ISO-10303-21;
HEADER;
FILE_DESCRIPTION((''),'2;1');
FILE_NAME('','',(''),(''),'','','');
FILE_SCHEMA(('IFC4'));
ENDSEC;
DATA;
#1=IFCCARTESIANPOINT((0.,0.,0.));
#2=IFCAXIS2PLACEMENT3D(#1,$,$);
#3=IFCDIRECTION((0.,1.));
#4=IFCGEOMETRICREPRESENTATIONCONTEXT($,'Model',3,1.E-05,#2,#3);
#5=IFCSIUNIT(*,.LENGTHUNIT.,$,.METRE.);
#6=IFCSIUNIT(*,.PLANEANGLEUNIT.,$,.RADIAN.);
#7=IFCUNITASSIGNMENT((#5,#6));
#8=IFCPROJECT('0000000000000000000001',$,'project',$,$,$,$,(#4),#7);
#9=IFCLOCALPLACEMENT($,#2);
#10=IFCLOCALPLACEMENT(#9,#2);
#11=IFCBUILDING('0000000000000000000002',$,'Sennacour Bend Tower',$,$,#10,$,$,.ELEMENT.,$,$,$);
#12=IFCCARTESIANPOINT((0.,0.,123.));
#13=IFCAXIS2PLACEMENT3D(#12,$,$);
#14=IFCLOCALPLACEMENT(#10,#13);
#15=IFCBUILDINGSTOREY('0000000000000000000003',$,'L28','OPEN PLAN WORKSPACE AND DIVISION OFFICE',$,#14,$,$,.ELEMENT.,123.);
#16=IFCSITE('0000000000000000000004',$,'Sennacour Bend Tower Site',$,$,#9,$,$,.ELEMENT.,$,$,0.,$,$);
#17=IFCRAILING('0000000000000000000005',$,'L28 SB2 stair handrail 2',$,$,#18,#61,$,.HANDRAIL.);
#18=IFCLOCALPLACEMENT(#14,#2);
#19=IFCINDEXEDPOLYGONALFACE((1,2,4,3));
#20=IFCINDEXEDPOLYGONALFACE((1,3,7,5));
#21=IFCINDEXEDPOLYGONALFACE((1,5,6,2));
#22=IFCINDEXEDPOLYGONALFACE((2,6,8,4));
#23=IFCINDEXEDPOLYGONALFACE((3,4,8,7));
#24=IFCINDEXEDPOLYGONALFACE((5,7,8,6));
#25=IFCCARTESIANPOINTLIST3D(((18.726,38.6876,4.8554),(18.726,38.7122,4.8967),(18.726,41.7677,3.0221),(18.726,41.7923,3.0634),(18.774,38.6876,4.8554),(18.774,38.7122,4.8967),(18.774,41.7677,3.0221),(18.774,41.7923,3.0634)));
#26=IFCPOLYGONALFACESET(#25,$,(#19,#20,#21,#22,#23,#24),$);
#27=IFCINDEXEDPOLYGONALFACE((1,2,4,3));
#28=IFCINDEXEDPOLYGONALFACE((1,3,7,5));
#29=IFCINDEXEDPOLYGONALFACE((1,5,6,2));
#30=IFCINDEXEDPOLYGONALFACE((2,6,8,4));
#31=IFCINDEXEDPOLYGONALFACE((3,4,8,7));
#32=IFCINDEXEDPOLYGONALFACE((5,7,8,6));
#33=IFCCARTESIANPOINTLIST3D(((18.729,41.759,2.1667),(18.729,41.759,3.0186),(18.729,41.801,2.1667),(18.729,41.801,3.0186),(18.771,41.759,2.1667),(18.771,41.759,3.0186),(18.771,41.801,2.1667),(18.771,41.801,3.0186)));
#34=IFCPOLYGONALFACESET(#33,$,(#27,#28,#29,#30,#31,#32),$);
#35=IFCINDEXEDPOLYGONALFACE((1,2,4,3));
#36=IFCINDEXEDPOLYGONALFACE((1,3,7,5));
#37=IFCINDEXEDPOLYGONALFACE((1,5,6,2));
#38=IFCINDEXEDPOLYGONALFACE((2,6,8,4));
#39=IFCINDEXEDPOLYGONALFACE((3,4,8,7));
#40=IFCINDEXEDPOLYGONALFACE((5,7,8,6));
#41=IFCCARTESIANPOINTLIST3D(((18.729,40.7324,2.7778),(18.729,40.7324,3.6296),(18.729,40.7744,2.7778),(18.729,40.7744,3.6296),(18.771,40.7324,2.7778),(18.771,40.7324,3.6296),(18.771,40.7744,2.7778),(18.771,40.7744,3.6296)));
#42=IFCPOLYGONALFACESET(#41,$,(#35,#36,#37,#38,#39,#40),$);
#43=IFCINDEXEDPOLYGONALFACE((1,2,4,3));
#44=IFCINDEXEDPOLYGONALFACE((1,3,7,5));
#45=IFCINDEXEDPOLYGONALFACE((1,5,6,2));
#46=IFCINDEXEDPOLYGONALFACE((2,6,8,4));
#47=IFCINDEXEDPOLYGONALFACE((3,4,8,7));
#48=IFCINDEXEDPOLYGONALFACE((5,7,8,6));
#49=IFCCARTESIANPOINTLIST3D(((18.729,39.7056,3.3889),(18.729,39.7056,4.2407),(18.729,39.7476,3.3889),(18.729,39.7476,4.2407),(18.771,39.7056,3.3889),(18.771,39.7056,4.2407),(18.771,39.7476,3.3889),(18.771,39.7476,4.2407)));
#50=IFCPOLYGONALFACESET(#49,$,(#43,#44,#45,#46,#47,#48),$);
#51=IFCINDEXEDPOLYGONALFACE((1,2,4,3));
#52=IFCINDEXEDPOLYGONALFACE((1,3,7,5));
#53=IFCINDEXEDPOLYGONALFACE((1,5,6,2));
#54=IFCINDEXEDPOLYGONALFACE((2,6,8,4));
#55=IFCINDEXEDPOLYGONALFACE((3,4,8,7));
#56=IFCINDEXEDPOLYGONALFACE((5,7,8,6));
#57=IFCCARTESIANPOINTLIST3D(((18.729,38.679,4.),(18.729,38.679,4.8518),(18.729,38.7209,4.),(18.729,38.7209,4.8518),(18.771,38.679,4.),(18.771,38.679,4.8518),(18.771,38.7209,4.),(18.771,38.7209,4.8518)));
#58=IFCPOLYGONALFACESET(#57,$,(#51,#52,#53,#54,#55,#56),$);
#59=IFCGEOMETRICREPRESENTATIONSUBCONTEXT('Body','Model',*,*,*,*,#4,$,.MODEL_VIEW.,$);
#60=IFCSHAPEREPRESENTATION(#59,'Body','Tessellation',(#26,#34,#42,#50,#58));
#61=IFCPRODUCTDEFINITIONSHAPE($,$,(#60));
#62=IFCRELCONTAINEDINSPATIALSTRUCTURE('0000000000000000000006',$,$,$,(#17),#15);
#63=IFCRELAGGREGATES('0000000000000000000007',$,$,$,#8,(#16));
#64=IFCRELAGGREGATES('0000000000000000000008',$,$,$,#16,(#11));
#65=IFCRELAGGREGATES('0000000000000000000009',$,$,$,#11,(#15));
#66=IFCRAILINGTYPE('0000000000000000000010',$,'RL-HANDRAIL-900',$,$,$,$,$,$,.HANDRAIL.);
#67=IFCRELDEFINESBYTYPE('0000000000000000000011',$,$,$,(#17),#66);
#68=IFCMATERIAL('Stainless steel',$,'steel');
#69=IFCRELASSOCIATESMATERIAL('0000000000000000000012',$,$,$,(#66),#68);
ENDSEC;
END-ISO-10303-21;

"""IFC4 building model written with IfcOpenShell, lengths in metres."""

from ifc_helpers import new_model, si_unit, direction, frame, origin, origin_2d, place, context, subcontext, project, spatial, rectangle, extrude, material, type_object, element, save


model = new_model("IFC4")

# Units and contexts
model_context = context("Model", 3, precision=1e-05, world=origin(), true_north=direction((0.0, 1.0)))
body_context = subcontext(model_context, "Body", "Model", "MODEL_VIEW")
ifc_project = project(units=[si_unit("LENGTHUNIT", "METRE"), si_unit("PLANEANGLEUNIT", "RADIAN")], contexts=[model_context])

# Site, building, storey
site_placement = place(None, origin())
site = spatial("IfcSite", under=ifc_project, at=site_placement, Name="Sennacour Bend Tower Site", CompositionType="ELEMENT", RefElevation=0.0)
building_placement = place(site_placement, origin())
building = spatial("IfcBuilding", under=site, at=building_placement, Name="Sennacour Bend Tower", CompositionType="ELEMENT")
storey_placement = place(building_placement, frame((0.0, 0.0, 123.0)))
storey = spatial("IfcBuildingStorey", under=building, at=storey_placement, Name="L28", Description="OPEN PLAN WORKSPACE AND DIVISION OFFICE", CompositionType="ELEMENT", Elevation=123.0)

# Shared definitions
ifc_material_1 = material(Name="Stainless steel", Category="steel")

# Railing
railing_type_1 = type_object("IfcRailingType", Name="RL-HANDRAIL-900", PredefinedType="HANDRAIL", material=ifc_material_1)
railing_1_placement = place(storey_placement, frame((18.75, 41.78, 2.1667)))
element("IfcRailing", 1, at=railing_1_placement, inside=storey, type_object=railing_type_1, Name="L28 SB2 stair handrail 2", PredefinedType="HANDRAIL", context=body_context, shape_type="SweptSolid", body=[
    extrude(rectangle(XDim=0.0481, YDim=0.0481, at=origin_2d()), frame((0.0, 0.0, 0.876), z_axis=(0.0, -0.859309, 0.511458), x_axis=(1.0, 0.0, 0.0)), (0.0, 0.0, 1.0), 3.5845),
    extrude(rectangle(XDim=0.042, YDim=0.042, at=origin_2d()), origin(), (0.0, 0.0, 1.0), 0.8518),
    extrude(rectangle(XDim=0.042, YDim=0.042, at=origin_2d()), frame((0.0, -1.0266, 0.6111)), (0.0, 0.0, 1.0), 0.8518),
    extrude(rectangle(XDim=0.042, YDim=0.042, at=origin_2d()), frame((0.0, -2.0535, 1.2222)), (0.0, 0.0, 1.0), 0.8518),
    extrude(rectangle(XDim=0.042, YDim=0.042, at=origin_2d()), frame((0.0, -3.0801, 1.8333)), (0.0, 0.0, 1.0), 0.8518),
])

save(model, "model.ifc")
